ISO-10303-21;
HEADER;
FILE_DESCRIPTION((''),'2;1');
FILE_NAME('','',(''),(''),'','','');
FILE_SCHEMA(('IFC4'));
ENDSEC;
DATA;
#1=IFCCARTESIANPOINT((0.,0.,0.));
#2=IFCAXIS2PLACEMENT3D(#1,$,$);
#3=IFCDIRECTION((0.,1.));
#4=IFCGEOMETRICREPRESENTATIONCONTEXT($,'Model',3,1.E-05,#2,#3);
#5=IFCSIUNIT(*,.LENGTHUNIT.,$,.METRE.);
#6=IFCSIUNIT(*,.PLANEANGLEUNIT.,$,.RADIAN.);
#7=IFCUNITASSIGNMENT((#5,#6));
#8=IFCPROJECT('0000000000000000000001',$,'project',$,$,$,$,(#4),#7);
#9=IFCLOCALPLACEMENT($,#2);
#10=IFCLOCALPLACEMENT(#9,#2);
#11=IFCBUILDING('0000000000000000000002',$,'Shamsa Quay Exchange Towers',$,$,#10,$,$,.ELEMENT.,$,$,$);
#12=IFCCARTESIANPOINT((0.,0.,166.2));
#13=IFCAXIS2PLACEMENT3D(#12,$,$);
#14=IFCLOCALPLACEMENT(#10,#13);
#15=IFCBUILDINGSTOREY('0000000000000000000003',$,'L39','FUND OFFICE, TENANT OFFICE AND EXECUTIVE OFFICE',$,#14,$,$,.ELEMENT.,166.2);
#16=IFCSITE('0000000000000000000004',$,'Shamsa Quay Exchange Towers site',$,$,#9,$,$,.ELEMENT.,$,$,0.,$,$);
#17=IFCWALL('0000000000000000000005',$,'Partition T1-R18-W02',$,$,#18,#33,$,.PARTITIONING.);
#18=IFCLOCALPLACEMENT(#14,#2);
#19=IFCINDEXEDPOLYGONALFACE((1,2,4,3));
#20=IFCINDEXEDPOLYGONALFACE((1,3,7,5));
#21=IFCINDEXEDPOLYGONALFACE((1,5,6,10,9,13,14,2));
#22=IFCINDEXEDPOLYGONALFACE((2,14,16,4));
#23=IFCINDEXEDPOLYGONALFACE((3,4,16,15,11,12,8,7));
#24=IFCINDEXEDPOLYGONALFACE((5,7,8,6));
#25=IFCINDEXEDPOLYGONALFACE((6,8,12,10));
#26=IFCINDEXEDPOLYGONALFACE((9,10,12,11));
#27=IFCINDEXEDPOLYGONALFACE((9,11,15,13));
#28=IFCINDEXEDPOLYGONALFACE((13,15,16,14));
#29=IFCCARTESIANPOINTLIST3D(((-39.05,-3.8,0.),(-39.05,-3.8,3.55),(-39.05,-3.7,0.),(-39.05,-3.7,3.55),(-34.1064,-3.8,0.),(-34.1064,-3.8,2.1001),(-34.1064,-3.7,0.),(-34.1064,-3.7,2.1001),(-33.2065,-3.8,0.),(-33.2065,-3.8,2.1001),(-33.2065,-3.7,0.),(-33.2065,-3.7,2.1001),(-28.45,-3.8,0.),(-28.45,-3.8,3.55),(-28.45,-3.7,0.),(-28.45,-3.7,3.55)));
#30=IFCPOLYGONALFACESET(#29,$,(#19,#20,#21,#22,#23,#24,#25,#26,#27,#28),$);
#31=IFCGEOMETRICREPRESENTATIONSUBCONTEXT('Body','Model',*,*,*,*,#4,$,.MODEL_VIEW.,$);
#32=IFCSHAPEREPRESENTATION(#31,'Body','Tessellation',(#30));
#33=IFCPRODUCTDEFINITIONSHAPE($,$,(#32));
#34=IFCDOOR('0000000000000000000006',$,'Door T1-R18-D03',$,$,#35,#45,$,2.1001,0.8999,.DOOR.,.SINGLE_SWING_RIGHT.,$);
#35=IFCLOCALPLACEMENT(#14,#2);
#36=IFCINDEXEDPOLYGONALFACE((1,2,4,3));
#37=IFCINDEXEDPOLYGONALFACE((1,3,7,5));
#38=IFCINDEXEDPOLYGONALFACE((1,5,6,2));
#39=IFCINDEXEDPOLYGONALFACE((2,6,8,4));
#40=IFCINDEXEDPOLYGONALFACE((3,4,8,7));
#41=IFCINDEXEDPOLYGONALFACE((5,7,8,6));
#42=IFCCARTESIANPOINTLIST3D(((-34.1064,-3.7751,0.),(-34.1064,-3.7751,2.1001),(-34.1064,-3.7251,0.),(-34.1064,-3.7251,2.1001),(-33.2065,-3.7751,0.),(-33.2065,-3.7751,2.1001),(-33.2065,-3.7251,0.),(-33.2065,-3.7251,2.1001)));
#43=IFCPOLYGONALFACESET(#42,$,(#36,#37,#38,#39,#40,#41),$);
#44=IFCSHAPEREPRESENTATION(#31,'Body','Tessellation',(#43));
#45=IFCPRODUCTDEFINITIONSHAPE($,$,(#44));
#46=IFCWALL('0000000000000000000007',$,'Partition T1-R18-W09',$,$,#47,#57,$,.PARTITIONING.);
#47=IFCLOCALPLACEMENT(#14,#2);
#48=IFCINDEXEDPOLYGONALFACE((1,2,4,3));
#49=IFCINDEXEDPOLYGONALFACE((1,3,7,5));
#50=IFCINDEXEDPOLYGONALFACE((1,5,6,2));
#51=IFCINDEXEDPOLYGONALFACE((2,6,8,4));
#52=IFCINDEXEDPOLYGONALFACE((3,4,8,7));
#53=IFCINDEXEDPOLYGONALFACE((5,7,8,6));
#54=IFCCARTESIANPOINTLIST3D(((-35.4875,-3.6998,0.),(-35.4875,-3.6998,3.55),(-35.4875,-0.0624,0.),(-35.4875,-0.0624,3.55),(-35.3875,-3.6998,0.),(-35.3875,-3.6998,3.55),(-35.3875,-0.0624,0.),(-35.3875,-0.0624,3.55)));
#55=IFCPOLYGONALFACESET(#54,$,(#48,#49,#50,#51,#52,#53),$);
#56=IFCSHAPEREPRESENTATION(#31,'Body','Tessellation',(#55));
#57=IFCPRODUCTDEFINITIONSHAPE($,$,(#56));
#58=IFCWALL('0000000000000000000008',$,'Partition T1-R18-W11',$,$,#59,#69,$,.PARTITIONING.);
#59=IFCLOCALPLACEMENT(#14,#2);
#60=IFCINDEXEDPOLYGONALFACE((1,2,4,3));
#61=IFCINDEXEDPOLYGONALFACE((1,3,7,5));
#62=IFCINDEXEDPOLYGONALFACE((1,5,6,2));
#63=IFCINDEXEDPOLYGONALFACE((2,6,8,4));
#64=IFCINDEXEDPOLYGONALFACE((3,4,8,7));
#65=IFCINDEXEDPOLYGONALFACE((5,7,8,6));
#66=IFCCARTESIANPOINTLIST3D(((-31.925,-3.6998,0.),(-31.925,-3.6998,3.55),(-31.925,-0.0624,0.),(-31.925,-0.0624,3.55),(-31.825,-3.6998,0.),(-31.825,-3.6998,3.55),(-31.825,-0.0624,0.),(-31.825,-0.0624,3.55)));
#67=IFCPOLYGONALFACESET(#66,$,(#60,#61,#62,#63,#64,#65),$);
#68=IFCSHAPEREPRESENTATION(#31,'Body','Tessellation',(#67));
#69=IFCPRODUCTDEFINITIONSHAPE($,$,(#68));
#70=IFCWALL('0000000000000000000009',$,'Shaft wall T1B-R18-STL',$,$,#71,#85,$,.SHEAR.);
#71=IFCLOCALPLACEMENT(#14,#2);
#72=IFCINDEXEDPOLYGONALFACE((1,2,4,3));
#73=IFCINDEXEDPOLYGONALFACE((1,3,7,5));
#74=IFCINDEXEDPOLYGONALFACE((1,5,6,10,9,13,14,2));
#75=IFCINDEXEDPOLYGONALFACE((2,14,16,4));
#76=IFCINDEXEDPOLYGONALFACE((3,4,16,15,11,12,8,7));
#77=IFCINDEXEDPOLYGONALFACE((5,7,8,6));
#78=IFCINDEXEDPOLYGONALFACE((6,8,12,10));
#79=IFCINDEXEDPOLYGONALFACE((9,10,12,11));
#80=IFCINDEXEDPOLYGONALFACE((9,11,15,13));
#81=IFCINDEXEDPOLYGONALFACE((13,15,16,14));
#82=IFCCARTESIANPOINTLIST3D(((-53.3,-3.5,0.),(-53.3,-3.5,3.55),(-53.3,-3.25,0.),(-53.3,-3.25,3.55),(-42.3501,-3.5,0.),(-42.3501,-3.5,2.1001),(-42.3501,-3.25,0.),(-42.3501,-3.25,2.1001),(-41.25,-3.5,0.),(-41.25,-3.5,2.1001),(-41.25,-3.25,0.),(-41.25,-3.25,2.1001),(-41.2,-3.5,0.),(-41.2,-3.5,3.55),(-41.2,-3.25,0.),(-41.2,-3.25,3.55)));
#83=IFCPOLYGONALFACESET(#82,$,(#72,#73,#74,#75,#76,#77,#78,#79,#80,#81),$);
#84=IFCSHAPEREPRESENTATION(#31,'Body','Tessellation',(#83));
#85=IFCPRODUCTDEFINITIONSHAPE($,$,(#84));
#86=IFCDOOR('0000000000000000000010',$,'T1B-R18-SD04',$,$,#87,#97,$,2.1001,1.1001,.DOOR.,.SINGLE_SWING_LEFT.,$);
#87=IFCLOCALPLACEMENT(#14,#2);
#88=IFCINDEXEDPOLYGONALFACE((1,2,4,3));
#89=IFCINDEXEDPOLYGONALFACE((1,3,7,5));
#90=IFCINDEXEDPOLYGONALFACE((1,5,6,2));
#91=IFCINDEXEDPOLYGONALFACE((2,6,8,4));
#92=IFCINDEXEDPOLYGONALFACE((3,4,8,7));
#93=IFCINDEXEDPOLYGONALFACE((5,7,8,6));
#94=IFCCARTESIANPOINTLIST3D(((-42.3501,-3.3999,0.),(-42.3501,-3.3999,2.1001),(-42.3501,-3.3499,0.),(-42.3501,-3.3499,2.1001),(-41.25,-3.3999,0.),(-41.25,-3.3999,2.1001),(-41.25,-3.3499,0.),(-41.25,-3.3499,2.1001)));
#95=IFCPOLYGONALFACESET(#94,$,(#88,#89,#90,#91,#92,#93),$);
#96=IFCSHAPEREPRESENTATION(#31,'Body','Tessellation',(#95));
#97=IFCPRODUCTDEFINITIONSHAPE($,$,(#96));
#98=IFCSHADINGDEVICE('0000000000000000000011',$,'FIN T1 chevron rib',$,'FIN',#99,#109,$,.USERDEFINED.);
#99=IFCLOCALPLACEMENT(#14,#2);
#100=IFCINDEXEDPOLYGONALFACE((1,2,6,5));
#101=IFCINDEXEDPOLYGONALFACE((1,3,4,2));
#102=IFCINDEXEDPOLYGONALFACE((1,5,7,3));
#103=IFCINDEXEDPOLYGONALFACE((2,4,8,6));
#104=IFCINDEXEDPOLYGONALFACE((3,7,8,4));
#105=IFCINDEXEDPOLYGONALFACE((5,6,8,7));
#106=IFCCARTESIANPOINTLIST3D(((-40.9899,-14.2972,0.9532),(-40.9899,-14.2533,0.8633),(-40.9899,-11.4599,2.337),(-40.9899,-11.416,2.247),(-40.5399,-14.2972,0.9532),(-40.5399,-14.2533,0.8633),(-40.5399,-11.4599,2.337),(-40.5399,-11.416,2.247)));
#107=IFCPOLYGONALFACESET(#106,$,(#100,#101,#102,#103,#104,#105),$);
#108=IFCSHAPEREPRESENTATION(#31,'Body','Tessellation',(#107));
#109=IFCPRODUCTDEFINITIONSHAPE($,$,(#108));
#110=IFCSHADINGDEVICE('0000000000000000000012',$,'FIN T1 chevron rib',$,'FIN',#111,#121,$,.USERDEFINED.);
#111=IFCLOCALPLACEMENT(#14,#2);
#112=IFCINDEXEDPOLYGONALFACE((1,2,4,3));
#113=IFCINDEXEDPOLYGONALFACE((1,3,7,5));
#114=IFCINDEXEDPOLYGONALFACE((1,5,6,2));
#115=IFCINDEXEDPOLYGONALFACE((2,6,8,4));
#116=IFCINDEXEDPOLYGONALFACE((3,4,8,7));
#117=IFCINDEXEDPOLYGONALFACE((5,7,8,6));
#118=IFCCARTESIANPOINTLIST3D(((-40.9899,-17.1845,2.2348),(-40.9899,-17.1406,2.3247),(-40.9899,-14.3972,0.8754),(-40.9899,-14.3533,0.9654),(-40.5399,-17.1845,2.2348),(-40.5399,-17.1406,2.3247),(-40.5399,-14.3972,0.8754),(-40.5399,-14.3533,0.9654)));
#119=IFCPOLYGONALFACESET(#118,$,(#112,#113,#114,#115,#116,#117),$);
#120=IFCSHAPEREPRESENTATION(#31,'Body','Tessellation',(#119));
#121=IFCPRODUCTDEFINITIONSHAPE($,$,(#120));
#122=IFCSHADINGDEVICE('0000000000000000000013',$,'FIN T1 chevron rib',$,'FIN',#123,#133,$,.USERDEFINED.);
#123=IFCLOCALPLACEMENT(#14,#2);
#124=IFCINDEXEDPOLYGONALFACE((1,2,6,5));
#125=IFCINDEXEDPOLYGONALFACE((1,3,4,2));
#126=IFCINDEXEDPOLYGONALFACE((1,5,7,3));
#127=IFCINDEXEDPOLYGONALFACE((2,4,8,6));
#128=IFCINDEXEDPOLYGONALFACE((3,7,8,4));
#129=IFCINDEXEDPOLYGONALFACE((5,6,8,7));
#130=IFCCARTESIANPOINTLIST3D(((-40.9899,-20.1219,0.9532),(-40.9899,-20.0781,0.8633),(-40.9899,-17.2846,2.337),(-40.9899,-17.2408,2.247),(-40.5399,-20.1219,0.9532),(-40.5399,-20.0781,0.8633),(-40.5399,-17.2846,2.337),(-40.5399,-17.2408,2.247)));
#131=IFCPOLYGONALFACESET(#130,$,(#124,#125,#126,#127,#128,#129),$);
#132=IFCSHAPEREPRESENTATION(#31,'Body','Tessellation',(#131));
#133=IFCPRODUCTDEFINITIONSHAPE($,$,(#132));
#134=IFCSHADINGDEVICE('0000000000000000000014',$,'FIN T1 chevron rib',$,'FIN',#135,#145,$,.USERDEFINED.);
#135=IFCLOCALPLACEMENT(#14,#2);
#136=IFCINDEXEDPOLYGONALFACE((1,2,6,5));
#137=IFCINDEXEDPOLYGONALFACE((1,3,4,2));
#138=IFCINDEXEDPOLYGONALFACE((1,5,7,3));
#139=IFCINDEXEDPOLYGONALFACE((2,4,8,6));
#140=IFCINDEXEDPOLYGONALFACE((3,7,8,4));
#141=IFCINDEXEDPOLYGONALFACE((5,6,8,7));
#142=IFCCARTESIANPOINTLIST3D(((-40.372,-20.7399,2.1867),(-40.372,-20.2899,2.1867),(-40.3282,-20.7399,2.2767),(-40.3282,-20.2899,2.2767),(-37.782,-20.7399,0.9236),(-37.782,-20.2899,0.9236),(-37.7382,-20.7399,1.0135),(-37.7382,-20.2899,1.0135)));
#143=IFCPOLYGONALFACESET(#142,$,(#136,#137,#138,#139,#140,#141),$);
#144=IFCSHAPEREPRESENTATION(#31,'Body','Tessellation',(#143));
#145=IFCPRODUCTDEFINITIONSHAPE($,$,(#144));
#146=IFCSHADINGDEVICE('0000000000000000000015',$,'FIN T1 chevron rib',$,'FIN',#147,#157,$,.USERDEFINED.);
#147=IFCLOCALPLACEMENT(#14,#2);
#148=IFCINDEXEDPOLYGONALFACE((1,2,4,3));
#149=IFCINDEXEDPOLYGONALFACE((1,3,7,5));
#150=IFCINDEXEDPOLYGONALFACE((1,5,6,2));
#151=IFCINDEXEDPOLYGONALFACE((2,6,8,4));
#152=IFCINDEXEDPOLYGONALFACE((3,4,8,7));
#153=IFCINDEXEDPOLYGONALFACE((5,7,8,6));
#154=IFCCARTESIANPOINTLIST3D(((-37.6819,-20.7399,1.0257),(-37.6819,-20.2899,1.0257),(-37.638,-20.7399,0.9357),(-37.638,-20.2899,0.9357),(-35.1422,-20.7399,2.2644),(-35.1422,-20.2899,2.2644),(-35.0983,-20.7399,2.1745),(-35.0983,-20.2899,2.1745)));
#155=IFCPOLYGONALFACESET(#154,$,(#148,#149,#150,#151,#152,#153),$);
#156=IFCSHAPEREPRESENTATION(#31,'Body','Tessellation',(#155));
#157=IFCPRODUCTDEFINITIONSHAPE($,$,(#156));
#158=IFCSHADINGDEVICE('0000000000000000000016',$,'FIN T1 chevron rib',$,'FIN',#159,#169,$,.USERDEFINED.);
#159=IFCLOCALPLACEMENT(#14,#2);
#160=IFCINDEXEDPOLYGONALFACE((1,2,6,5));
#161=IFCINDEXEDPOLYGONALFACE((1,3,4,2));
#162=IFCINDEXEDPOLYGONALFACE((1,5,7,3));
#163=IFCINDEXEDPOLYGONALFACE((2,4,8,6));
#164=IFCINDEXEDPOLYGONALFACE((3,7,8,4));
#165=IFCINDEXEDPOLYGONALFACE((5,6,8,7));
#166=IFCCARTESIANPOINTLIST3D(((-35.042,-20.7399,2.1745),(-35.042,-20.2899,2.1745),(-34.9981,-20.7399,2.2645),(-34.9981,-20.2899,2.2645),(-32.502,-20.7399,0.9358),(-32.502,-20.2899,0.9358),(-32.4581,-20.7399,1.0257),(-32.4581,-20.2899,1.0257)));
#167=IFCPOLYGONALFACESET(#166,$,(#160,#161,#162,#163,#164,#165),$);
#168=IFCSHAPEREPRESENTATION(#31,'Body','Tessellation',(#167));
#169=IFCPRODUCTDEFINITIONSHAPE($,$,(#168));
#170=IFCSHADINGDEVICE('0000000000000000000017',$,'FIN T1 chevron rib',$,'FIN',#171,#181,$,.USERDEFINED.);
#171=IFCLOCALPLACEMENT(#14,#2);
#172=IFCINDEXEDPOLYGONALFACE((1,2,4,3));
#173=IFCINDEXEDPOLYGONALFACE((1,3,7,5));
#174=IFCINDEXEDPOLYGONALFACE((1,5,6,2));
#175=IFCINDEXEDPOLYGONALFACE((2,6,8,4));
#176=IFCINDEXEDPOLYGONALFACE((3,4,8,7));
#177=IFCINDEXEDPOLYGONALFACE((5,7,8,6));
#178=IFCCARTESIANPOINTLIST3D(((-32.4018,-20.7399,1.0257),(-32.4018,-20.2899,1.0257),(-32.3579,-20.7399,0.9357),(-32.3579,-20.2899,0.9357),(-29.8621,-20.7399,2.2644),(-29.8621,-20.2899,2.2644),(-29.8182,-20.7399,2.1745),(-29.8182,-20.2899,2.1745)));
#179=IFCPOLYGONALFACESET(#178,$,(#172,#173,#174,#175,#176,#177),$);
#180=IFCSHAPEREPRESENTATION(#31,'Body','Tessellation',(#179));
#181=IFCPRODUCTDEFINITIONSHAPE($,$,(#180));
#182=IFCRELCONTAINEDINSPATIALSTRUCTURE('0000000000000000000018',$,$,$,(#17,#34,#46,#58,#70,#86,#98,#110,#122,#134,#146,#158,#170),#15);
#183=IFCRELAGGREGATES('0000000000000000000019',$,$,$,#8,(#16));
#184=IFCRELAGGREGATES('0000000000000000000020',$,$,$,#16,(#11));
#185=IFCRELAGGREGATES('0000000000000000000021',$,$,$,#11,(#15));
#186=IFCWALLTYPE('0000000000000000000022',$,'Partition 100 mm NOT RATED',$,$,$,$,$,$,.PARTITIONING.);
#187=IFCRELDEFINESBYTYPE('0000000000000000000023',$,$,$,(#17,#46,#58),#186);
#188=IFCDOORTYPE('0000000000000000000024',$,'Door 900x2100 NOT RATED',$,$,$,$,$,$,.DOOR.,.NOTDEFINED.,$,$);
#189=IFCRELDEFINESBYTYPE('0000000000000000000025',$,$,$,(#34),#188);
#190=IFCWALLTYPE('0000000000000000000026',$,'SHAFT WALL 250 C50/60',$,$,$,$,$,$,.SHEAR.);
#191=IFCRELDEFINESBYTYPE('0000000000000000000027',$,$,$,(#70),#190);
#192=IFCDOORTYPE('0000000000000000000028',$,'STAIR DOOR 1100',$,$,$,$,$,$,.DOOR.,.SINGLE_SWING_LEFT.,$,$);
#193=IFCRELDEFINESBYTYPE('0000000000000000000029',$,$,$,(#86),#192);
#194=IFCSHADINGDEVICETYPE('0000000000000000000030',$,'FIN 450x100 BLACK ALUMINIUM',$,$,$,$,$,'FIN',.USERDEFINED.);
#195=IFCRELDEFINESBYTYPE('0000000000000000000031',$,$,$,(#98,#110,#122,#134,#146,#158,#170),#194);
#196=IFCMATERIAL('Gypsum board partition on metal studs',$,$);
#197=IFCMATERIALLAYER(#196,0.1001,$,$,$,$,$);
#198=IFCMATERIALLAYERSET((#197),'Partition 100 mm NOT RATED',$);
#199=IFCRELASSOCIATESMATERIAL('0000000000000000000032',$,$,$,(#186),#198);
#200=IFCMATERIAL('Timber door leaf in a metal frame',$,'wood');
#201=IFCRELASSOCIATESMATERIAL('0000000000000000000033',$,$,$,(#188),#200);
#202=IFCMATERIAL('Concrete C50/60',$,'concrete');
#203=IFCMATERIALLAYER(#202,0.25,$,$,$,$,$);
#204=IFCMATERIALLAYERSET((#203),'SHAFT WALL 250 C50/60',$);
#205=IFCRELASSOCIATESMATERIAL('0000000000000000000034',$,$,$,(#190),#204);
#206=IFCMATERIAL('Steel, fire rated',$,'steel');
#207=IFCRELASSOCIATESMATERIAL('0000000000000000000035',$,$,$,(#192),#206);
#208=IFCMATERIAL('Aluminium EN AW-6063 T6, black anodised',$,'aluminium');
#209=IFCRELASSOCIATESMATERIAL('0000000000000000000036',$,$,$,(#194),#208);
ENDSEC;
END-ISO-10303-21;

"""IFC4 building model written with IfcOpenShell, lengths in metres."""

from ifc_helpers import new_model, si_unit, direction, frame, frame_2d, origin, origin_2d, place, context, subcontext, project, spatial, rectangle, extrude, material, layer, layer_set, material_profile, profile_set, type_object, element, fill, save


model = new_model("IFC4")

# Units and contexts
model_context = context("Model", 3, precision=1e-05, world=origin(), true_north=direction((0.0, 1.0)))
body_context = subcontext(model_context, "Body", "Model", "MODEL_VIEW")
ifc_project = project(units=[si_unit("LENGTHUNIT", "METRE"), si_unit("PLANEANGLEUNIT", "RADIAN")], contexts=[model_context])

# Site, building, storey
site_placement = place(None, origin())
site = spatial("IfcSite", under=ifc_project, at=site_placement, Name="Shamsa Quay Exchange Towers site", CompositionType="ELEMENT", RefElevation=0.0)
building_placement = place(site_placement, origin())
building = spatial("IfcBuilding", under=site, at=building_placement, Name="Shamsa Quay Exchange Towers", CompositionType="ELEMENT")
storey_placement = place(building_placement, frame((0.0, 0.0, 166.2)))
storey = spatial("IfcBuildingStorey", under=building, at=storey_placement, Name="L39", Description="FUND OFFICE, TENANT OFFICE AND EXECUTIVE OFFICE", CompositionType="ELEMENT", Elevation=166.2)

# Shared definitions
ifc_material_1 = material(Name="Aluminium EN AW-6063 T6, black anodised", Category="aluminium")

# Wall, opening, door
ifc_material_2 = material(Name="Steel, fire rated", Category="steel")
ifc_material_3 = material(Name="Gypsum board partition on metal studs")
ifc_layer_1 = layer(ifc_material_3, 0.1001)
ifc_layer_set_1 = layer_set([ifc_layer_1], Name="Partition 100 mm NOT RATED")
wall_type_1 = type_object("IfcWallType", Name="Partition 100 mm NOT RATED", PredefinedType="PARTITIONING", material=ifc_layer_set_1)
wall_1_placement = place(storey_placement, frame((-39.05, -3.75, 0.0)))
wall_1 = element("IfcWall", 1, at=wall_1_placement, inside=storey, type_object=wall_type_1, Name="Partition T1-R18-W02", PredefinedType="PARTITIONING", context=body_context, shape_type="SweptSolid", body=[
    extrude(rectangle(XDim=10.6001, YDim=0.1001, at=frame_2d((5.3, 0.0))), origin(), (0.0, 0.0, 1.0), 3.55),
])
opening_1_placement = place(wall_1_placement, frame((4.9436, 0.0, 0.0)))
opening_1 = element("IfcOpeningElement", 2, at=opening_1_placement, cuts=wall_1, PredefinedType="OPENING", context=body_context, shape_type="SweptSolid", body=[
    extrude(rectangle(XDim=0.8999, YDim=2.1001, at=frame_2d((0.45, 1.05))), frame((0.0, 0.0601, 0.0), z_axis=(0.0, -1.0, 0.0), x_axis=(1.0, 0.0, 0.0)), (0.0, 0.0, 1.0), 0.1201),
])
ifc_material_4 = material(Name="Timber door leaf in a metal frame", Category="wood")
door_type_1 = type_object("IfcDoorType", Name="Door 900x2100 NOT RATED", OperationType="NOTDEFINED", PredefinedType="DOOR", material=ifc_material_4)
door_1_placement = place(opening_1_placement, origin())
door_1 = element("IfcDoor", 3, at=door_1_placement, inside=storey, type_object=door_type_1, Name="Door T1-R18-D03", OperationType="SINGLE_SWING_RIGHT", OverallHeight=2.1001, OverallWidth=0.8999, PredefinedType="DOOR", context=body_context, shape_type="SweptSolid", body=[
    extrude(rectangle(XDim=0.8999, YDim=2.1001, at=frame_2d((0.45, 1.05))), frame((0.0, 0.0249, 0.0), z_axis=(0.0, -1.0, 0.0), x_axis=(1.0, 0.0, 0.0)), (0.0, 0.0, 1.0), 0.05),
])
fill(opening_1, door_1)

# Walls
for number, where, z_axis, x_axis, name in (
    (4, (-35.4375, -3.7, 0.0), (0.0, 0.0, 1.0), (0.0, 1.0, 0.0), "Partition T1-R18-W09"),
    (5, (-31.875, -3.7, 0.0), (0.0, 0.0, 1.0), (0.0, 1.0, 0.0), "Partition T1-R18-W11"),
):
    element("IfcWall", number, at=place(storey_placement, frame(where, z_axis=z_axis, x_axis=x_axis)), inside=storey, type_object=wall_type_1, Name=name, PredefinedType="PARTITIONING", context=body_context, shape_type="SweptSolid", body=[
        extrude(rectangle(XDim=3.6375, YDim=0.1001, at=frame_2d((1.8188, 0.0))), origin(), (0.0, 0.0, 1.0), 3.55),
    ])

# Wall, opening, door
ifc_material_5 = material(Name="Concrete C50/60", Category="concrete")
ifc_layer_2 = layer(ifc_material_5, 0.25)
ifc_layer_set_2 = layer_set([ifc_layer_2], Name="SHAFT WALL 250 C50/60")
wall_type_2 = type_object("IfcWallType", Name="SHAFT WALL 250 C50/60", PredefinedType="SHEAR", material=ifc_layer_set_2)
wall_2_placement = place(storey_placement, frame((-41.2, -3.375, 0.0), z_axis=(0.0, 0.0, 1.0), x_axis=(-1.0, 0.0, 0.0)))
wall_2 = element("IfcWall", 6, at=wall_2_placement, inside=storey, type_object=wall_type_2, Name="Shaft wall T1B-R18-STL", PredefinedType="SHEAR", context=body_context, shape_type="SweptSolid", body=[
    extrude(rectangle(XDim=12.1001, YDim=0.25, at=frame_2d((6.05, 0.0))), origin(), (0.0, 0.0, 1.0), 3.55),
])
opening_2_placement = place(wall_2_placement, frame((0.05, 0.0, 0.0)))
opening_2 = element("IfcOpeningElement", 7, at=opening_2_placement, cuts=wall_2, PredefinedType="OPENING", context=body_context, shape_type="SweptSolid", body=[
    extrude(rectangle(XDim=1.1001, YDim=2.1001, at=frame_2d((0.55, 1.05))), frame((0.0, 0.135, 0.0), z_axis=(0.0, -1.0, 0.0), x_axis=(1.0, 0.0, 0.0)), (0.0, 0.0, 1.0), 0.27),
])
door_type_2 = type_object("IfcDoorType", Name="STAIR DOOR 1100", OperationType="SINGLE_SWING_LEFT", PredefinedType="DOOR", material=ifc_material_2)
door_2_placement = place(opening_2_placement, origin())
door_2 = element("IfcDoor", 8, at=door_2_placement, inside=storey, type_object=door_type_2, Name="T1B-R18-SD04", OperationType="SINGLE_SWING_LEFT", OverallHeight=2.1001, OverallWidth=1.1001, PredefinedType="DOOR", context=body_context, shape_type="SweptSolid", body=[
    extrude(rectangle(XDim=1.1001, YDim=2.1001, at=frame_2d((0.55, 1.05))), frame((0.0, 0.0249, 0.0), z_axis=(0.0, -1.0, 0.0), x_axis=(1.0, 0.0, 0.0)), (0.0, 0.0, 1.0), 0.05),
])
fill(opening_2, door_2)

# Shading devices
ifc_material_profile_1 = material_profile(ifc_material_1, rectangle(XDim=0.45, YDim=0.1001, at=origin_2d()), Name="FIN450x100")
ifc_profile_set_1 = profile_set([ifc_material_profile_1], Name="Aluminium EN AW-6063 T6, black anodised")
shading_device_type = type_object("IfcShadingDeviceType", Name="FIN 450x100 BLACK ALUMINIUM", ElementType="FIN", PredefinedType="USERDEFINED", material=ifc_profile_set_1)
shading_device_1_placement = place(storey_placement, frame((-40.7649, -11.438, 2.292), z_axis=(0.0, -0.898807, -0.438344), x_axis=(1.0, 0.0, 0.0)))
element("IfcShadingDevice", 9, at=shading_device_1_placement, inside=storey, type_object=shading_device_type, Name="FIN T1 chevron rib", ObjectType="FIN", PredefinedType="USERDEFINED", context=body_context, shape_type="SweptSolid", body=[
    extrude(rectangle(XDim=0.45, YDim=0.1001, at=origin_2d()), origin(), (0.0, 0.0, 1.0), 3.1567),
])
shading_device_2_placement = place(storey_placement, frame((-40.7649, -14.3752, 0.9204), z_axis=(0.0, -0.898808, 0.438343), x_axis=(1.0, 0.0, 0.0)))
element("IfcShadingDevice", 10, at=shading_device_2_placement, inside=storey, type_object=shading_device_type, Name="FIN T1 chevron rib", ObjectType="FIN", PredefinedType="USERDEFINED", context=body_context, shape_type="SweptSolid", body=[
    extrude(rectangle(XDim=0.45, YDim=0.1001, at=origin_2d()), origin(), (0.0, 0.0, 1.0), 3.1011),
])
shading_device_3_placement = place(storey_placement, frame((-40.7649, -17.2627, 2.292), z_axis=(0.0, -0.898807, -0.438344), x_axis=(1.0, 0.0, 0.0)))
element("IfcShadingDevice", 11, at=shading_device_3_placement, inside=storey, type_object=shading_device_type, Name="FIN T1 chevron rib", ObjectType="FIN", PredefinedType="USERDEFINED", context=body_context, shape_type="SweptSolid", body=[
    extrude(rectangle(XDim=0.45, YDim=0.1001, at=origin_2d()), origin(), (0.0, 0.0, 1.0), 3.1567),
])
shading_device_4_placement = place(storey_placement, frame((-40.3501, -20.5149, 2.2317), z_axis=(0.898806, 0.0, -0.438347), x_axis=(0.0, 1.0, 0.0)))
element("IfcShadingDevice", 12, at=shading_device_4_placement, inside=storey, type_object=shading_device_type, Name="FIN T1 chevron rib", ObjectType="FIN", PredefinedType="USERDEFINED", context=body_context, shape_type="SweptSolid", body=[
    extrude(rectangle(XDim=0.45, YDim=0.1001, at=origin_2d()), origin(), (0.0, 0.0, 1.0), 2.8816),
])
shading_device_5_placement = place(storey_placement, frame((-37.6599, -20.5149, 0.9807), z_axis=(0.89879, 0.0, 0.438379), x_axis=(0.0, 1.0, 0.0)))
element("IfcShadingDevice", 13, at=shading_device_5_placement, inside=storey, type_object=shading_device_type, Name="FIN T1 chevron rib", ObjectType="FIN", PredefinedType="USERDEFINED", context=body_context, shape_type="SweptSolid", body=[
    extrude(rectangle(XDim=0.45, YDim=0.1001, at=origin_2d()), origin(), (0.0, 0.0, 1.0), 2.8257),
])
shading_device_6_placement = place(storey_placement, frame((-35.02, -20.5149, 2.2195), z_axis=(0.898807, 0.0, -0.438345), x_axis=(0.0, 1.0, 0.0)))
element("IfcShadingDevice", 14, at=shading_device_6_placement, inside=storey, type_object=shading_device_type, Name="FIN T1 chevron rib", ObjectType="FIN", PredefinedType="USERDEFINED", context=body_context, shape_type="SweptSolid", body=[
    extrude(rectangle(XDim=0.45, YDim=0.1001, at=origin_2d()), origin(), (0.0, 0.0, 1.0), 2.8259),
])
shading_device_7_placement = place(storey_placement, frame((-32.3799, -20.5149, 0.9807), z_axis=(0.89879, 0.0, 0.438379), x_axis=(0.0, 1.0, 0.0)))
element("IfcShadingDevice", 15, at=shading_device_7_placement, inside=storey, type_object=shading_device_type, Name="FIN T1 chevron rib", ObjectType="FIN", PredefinedType="USERDEFINED", context=body_context, shape_type="SweptSolid", body=[
    extrude(rectangle(XDim=0.45, YDim=0.1001, at=origin_2d()), origin(), (0.0, 0.0, 1.0), 2.8257),
])

save(model, "model.ifc")
